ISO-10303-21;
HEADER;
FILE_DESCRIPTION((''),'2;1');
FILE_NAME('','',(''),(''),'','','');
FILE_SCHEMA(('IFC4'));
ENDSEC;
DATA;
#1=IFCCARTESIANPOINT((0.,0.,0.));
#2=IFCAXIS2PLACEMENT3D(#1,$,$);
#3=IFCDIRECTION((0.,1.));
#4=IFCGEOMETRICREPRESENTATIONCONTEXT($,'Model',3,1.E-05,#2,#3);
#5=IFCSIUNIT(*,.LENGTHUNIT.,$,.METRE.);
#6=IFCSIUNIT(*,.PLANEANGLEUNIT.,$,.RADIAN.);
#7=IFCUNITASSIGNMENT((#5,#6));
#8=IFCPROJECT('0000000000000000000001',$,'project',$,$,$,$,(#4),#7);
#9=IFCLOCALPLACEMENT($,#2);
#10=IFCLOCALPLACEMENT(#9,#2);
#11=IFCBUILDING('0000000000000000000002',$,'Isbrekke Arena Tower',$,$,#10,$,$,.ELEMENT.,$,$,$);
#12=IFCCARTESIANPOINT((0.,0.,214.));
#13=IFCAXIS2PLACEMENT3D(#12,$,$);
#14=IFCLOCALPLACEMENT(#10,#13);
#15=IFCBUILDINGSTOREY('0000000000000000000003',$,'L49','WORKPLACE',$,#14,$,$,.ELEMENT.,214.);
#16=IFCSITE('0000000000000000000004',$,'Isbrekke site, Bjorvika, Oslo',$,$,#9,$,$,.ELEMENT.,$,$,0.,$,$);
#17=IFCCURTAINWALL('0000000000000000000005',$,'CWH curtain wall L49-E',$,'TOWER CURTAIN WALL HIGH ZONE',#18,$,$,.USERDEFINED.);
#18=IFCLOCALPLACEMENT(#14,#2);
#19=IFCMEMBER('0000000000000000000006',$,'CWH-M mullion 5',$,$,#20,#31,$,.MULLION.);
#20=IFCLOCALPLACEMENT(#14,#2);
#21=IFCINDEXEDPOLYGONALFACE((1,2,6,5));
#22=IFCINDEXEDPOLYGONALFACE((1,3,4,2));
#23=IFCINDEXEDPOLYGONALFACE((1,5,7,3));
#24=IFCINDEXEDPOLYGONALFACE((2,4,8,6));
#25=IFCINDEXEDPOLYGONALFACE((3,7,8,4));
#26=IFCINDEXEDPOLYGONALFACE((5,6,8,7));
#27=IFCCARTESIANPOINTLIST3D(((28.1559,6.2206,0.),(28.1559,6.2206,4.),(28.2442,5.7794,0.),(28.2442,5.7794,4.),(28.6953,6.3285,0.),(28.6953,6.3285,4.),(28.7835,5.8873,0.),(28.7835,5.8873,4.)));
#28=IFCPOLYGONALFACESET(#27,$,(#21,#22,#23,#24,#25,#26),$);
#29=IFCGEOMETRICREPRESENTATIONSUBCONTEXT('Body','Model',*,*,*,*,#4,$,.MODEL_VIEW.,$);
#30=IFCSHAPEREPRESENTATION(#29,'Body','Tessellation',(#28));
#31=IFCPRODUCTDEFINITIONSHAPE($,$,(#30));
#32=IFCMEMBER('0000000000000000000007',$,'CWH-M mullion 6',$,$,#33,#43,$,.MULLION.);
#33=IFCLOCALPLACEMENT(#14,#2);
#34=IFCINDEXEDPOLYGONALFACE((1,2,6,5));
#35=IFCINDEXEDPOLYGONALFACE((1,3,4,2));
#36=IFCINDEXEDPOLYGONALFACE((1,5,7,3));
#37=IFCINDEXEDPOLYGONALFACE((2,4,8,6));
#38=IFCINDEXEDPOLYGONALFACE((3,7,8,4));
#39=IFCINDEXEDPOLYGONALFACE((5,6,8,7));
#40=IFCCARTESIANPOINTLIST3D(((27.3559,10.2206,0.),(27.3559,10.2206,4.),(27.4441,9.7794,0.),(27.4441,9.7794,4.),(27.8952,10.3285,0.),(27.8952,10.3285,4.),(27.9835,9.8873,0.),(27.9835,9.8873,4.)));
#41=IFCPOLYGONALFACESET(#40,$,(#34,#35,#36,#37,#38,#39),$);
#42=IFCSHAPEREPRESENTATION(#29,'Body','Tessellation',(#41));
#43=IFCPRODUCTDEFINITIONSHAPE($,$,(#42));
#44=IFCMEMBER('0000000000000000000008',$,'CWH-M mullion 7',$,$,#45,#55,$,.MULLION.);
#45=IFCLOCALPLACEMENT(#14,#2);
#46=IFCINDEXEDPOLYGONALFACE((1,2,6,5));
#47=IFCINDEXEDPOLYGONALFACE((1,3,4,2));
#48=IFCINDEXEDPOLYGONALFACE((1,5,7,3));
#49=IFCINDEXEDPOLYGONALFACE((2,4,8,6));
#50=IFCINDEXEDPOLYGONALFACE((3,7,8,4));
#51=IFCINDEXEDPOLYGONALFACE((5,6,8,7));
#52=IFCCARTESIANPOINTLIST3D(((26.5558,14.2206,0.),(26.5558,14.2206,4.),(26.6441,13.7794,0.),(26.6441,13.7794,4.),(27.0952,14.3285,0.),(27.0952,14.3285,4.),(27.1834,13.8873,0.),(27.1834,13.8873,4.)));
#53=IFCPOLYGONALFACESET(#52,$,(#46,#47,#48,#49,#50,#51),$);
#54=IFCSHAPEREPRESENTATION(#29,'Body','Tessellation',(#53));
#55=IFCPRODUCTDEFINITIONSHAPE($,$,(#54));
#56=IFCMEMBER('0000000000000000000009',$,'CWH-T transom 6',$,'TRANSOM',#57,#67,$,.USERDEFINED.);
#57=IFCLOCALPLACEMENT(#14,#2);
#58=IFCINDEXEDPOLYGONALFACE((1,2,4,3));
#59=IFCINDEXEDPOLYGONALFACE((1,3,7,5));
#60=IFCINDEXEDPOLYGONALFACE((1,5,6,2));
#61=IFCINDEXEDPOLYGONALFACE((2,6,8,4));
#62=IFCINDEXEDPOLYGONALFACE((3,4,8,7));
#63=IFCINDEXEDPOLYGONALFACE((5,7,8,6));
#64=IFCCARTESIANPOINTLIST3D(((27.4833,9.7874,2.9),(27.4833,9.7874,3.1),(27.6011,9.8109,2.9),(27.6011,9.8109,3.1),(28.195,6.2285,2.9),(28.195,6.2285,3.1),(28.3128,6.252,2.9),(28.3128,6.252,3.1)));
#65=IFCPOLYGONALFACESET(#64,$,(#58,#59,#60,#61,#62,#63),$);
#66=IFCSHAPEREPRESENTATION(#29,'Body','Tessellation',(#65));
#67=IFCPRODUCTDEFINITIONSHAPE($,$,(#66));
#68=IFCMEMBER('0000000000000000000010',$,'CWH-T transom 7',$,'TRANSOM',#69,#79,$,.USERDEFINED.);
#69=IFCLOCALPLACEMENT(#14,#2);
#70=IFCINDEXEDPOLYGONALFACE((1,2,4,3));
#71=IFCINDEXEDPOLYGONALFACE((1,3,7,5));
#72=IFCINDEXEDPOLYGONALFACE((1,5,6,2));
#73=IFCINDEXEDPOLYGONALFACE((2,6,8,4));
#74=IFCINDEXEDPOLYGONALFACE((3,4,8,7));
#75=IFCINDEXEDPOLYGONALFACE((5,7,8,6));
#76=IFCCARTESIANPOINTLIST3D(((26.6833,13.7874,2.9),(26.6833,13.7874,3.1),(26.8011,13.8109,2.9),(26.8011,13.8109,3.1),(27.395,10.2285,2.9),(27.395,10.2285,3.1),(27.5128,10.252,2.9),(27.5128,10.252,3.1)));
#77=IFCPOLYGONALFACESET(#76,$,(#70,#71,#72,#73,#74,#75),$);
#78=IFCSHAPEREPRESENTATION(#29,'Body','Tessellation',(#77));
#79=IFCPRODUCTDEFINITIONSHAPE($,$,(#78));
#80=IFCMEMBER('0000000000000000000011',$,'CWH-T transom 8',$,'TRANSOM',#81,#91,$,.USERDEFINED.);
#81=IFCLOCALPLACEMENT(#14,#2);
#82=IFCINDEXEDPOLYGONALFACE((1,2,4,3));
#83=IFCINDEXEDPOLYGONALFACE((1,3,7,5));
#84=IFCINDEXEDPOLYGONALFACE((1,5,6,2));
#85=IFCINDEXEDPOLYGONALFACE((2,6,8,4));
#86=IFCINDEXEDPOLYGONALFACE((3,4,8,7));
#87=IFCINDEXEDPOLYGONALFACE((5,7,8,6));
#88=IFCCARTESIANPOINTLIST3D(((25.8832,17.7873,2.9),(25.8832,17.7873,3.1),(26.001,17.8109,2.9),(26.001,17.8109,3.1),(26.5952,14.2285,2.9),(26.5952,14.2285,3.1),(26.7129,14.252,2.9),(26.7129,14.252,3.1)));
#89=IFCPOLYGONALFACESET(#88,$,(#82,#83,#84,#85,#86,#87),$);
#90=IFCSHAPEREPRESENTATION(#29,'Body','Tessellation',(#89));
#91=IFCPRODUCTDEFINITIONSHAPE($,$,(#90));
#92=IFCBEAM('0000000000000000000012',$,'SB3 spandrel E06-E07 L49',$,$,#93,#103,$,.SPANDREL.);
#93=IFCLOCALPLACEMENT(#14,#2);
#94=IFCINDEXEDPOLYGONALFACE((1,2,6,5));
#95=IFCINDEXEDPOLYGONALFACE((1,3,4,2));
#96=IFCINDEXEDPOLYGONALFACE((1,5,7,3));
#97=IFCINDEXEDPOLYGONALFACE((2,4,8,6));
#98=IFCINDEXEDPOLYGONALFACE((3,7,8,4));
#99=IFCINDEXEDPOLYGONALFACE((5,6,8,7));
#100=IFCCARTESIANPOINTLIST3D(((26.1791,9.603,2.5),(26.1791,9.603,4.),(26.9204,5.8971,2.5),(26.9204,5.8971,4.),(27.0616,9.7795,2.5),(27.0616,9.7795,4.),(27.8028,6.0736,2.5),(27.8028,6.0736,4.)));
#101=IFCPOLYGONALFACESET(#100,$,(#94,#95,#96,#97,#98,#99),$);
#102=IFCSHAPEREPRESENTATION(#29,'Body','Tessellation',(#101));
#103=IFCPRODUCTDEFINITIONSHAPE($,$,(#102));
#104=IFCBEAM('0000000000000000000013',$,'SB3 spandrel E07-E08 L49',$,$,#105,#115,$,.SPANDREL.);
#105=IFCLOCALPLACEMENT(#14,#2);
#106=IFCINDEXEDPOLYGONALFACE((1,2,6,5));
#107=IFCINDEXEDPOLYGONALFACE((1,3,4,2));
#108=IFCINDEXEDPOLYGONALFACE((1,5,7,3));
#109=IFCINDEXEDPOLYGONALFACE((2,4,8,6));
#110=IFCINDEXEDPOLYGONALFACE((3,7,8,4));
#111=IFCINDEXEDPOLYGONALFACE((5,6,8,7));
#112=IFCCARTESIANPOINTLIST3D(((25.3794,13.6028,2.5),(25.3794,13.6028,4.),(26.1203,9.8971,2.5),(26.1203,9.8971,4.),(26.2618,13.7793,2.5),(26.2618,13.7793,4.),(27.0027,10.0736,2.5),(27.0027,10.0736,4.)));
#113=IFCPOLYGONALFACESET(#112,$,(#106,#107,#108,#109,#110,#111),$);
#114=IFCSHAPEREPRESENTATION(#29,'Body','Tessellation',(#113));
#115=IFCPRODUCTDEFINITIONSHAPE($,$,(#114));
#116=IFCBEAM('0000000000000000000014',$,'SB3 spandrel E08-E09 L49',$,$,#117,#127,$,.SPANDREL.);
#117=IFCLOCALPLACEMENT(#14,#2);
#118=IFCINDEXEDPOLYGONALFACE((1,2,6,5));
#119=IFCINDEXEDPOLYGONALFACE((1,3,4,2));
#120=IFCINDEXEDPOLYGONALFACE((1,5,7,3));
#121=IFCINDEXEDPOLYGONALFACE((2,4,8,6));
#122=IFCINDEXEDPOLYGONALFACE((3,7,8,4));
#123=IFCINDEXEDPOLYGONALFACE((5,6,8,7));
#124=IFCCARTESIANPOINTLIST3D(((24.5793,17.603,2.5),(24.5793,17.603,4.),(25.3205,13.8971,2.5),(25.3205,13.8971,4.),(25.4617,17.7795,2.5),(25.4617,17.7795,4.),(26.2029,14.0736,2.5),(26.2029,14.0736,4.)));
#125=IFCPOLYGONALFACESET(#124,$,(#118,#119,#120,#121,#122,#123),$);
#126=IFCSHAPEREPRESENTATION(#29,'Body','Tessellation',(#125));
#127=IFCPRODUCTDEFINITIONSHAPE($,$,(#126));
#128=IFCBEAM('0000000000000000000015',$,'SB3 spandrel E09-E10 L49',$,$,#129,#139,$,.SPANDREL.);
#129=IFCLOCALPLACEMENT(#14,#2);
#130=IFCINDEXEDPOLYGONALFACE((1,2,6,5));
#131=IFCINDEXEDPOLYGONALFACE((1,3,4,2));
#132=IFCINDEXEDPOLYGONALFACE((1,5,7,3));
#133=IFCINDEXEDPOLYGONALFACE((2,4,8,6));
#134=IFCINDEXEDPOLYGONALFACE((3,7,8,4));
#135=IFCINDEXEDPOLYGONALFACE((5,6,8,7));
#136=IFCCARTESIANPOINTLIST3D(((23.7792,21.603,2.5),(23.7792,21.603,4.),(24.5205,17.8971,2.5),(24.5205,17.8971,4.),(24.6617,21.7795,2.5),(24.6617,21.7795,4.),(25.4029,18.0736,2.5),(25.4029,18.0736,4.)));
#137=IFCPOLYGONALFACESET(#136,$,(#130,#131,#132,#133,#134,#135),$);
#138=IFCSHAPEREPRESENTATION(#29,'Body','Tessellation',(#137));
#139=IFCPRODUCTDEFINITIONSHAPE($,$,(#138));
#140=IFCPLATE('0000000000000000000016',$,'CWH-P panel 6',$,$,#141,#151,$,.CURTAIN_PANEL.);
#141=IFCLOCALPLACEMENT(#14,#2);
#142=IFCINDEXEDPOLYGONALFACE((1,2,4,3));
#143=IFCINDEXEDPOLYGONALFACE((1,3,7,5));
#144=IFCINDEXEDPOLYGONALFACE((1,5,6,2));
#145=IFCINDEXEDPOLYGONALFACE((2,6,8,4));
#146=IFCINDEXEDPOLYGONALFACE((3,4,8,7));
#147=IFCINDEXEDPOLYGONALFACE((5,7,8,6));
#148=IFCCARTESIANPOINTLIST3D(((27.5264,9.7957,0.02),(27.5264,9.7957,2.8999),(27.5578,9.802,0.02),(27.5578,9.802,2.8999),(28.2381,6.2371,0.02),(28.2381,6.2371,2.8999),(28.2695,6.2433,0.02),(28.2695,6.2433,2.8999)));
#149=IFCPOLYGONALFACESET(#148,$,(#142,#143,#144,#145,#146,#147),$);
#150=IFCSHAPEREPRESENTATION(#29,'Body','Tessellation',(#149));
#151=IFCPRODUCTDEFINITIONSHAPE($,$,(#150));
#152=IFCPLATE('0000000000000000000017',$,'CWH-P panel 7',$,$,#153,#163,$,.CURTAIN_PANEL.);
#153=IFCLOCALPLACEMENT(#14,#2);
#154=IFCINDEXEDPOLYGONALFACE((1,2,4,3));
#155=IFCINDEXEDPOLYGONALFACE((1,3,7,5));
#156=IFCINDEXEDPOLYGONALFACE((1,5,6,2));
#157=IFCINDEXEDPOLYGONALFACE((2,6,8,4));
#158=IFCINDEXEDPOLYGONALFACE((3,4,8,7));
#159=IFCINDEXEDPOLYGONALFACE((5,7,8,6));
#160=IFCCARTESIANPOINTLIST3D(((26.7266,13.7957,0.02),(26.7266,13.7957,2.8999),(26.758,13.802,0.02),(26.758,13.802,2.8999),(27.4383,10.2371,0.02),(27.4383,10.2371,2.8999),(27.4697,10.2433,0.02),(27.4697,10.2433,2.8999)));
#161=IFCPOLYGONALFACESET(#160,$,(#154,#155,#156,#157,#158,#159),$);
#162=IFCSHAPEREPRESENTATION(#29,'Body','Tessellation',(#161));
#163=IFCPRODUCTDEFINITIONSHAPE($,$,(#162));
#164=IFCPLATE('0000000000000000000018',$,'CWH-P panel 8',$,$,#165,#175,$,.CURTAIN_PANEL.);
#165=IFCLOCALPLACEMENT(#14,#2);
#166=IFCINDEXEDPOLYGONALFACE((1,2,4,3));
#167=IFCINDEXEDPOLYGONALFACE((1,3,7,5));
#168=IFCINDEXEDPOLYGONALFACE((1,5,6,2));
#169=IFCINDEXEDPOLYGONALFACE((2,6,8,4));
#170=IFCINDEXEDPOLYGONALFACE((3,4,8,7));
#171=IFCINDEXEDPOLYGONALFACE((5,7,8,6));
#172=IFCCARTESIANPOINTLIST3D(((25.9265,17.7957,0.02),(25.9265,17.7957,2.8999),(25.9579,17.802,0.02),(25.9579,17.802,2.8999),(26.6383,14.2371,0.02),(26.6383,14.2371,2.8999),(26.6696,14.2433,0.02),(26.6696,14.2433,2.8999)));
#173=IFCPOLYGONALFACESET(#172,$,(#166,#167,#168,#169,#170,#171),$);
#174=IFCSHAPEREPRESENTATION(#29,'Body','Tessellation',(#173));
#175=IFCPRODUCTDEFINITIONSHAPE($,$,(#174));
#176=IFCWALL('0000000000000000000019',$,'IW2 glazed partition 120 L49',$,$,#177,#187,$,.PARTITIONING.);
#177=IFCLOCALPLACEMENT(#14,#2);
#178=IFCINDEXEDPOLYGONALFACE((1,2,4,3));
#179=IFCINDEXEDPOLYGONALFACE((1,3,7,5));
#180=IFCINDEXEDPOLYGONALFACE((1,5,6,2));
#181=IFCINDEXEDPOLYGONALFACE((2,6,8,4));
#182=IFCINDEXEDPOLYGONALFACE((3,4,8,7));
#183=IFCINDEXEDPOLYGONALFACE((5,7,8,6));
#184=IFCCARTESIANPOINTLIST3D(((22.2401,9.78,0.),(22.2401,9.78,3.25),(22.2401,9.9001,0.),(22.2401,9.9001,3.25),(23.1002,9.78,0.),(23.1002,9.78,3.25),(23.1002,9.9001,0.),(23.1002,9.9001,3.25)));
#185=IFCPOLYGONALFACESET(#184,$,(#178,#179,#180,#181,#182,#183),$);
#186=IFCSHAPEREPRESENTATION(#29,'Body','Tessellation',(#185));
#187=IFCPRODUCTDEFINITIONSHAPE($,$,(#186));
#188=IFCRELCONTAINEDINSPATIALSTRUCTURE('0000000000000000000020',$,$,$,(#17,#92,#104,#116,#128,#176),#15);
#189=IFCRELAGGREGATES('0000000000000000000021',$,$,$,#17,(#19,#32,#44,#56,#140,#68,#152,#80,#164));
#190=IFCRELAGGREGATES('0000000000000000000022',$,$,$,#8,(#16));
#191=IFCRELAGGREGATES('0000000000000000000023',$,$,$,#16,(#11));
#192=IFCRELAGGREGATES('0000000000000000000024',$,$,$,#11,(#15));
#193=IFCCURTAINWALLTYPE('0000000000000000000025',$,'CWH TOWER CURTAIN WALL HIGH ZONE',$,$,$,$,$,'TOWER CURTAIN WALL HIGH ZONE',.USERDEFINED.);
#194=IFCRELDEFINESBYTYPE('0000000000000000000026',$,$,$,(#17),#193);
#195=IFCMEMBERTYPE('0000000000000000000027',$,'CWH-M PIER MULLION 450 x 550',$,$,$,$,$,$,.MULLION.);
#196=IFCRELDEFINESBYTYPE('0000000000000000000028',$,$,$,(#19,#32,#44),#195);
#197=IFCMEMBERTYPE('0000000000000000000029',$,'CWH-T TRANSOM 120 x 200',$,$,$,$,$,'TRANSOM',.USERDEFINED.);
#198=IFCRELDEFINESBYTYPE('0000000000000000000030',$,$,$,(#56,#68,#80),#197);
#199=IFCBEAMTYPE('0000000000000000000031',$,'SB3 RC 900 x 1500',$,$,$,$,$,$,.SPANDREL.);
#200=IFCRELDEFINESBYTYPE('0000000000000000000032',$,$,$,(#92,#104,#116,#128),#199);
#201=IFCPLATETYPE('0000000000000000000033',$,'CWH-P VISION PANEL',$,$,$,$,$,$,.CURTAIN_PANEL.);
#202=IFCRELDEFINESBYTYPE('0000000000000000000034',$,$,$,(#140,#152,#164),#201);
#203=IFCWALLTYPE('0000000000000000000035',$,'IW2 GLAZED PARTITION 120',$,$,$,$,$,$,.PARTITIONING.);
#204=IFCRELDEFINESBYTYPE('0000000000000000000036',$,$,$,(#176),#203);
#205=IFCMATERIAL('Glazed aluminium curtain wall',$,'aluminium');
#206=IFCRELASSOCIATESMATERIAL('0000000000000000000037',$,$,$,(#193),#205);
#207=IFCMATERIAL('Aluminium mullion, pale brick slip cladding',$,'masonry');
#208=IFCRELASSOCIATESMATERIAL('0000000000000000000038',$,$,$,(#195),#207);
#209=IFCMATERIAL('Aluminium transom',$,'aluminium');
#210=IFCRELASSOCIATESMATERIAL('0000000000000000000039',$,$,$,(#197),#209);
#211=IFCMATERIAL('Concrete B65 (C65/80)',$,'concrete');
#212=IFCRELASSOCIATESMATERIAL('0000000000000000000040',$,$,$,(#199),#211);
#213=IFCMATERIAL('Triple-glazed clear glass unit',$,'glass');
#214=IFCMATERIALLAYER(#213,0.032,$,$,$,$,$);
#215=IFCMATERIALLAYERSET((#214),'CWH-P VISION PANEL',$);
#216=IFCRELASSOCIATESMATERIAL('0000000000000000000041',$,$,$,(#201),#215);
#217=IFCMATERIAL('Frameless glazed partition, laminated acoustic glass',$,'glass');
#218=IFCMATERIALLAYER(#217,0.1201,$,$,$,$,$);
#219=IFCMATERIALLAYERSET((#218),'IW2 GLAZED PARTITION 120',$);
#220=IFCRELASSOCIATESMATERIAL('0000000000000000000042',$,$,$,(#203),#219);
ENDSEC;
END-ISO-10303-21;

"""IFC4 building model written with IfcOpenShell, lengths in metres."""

from ifc_helpers import new_model, si_unit, direction, frame, frame_2d, origin, origin_2d, place, context, subcontext, project, spatial, rectangle, extrude, material, layer, layer_set, material_profile, profile_set, type_object, element, aggregate, save


model = new_model("IFC4")

# Units and contexts
model_context = context("Model", 3, precision=1e-05, world=origin(), true_north=direction((0.0, 1.0)))
body_context = subcontext(model_context, "Body", "Model", "MODEL_VIEW")
ifc_project = project(units=[si_unit("LENGTHUNIT", "METRE"), si_unit("PLANEANGLEUNIT", "RADIAN")], contexts=[model_context])

# Site, building, storey
site_placement = place(None, origin())
site = spatial("IfcSite", under=ifc_project, at=site_placement, Name="Isbrekke site, Bjorvika, Oslo", CompositionType="ELEMENT", RefElevation=0.0)
building_placement = place(site_placement, origin())
building = spatial("IfcBuilding", under=site, at=building_placement, Name="Isbrekke Arena Tower", CompositionType="ELEMENT")
storey_placement = place(building_placement, frame((0.0, 0.0, 214.0)))
storey = spatial("IfcBuildingStorey", under=building, at=storey_placement, Name="L49", Description="WORKPLACE", CompositionType="ELEMENT", Elevation=214.0)

# Curtain wall, members
ifc_material_1 = material(Name="Glazed aluminium curtain wall", Category="aluminium")
curtain_wall_type = type_object("IfcCurtainWallType", Name="CWH TOWER CURTAIN WALL HIGH ZONE", ElementType="TOWER CURTAIN WALL HIGH ZONE", PredefinedType="USERDEFINED", material=ifc_material_1)
curtain_wall_placement = place(storey_placement, origin())
curtain_wall = element("IfcCurtainWall", 1, at=curtain_wall_placement, inside=storey, type_object=curtain_wall_type, Name="CWH curtain wall L49-E", ObjectType="TOWER CURTAIN WALL HIGH ZONE", PredefinedType="USERDEFINED")
ifc_material_2 = material(Name="Aluminium mullion, pale brick slip cladding", Category="masonry")
ifc_material_profile_1 = material_profile(ifc_material_2, rectangle(XDim=0.45, YDim=0.55, at=origin_2d()), Name="PIER 450X550")
ifc_profile_set_1 = profile_set([ifc_material_profile_1], Name="Aluminium mullion, pale brick slip cladding")
member_type_1 = type_object("IfcMemberType", Name="CWH-M PIER MULLION 450 x 550", PredefinedType="MULLION", material=ifc_profile_set_1)
member_1_placement = place(storey_placement, frame((28.4697, 6.054, 0.0), z_axis=(0.0, 0.0, 1.0), x_axis=(-0.196116, 0.980581, 0.0)))
member_1 = element("IfcMember", 2, at=member_1_placement, type_object=member_type_1, Name="CWH-M mullion 5", PredefinedType="MULLION", context=body_context, shape_type="SweptSolid", body=[
    extrude(rectangle(XDim=0.45, YDim=0.55, at=origin_2d()), origin(), (0.0, 0.0, 1.0), 4.0),
])
member_2_placement = place(storey_placement, frame((27.6697, 10.054, 0.0), z_axis=(0.0, 0.0, 1.0), x_axis=(-0.196116, 0.980581, 0.0)))
member_2 = element("IfcMember", 3, at=member_2_placement, type_object=member_type_1, Name="CWH-M mullion 6", PredefinedType="MULLION", context=body_context, shape_type="SweptSolid", body=[
    extrude(rectangle(XDim=0.45, YDim=0.55, at=origin_2d()), origin(), (0.0, 0.0, 1.0), 4.0),
])
member_3_placement = place(storey_placement, frame((26.8696, 14.054, 0.0), z_axis=(0.0, 0.0, 1.0), x_axis=(-0.196116, 0.980581, 0.0)))
member_3 = element("IfcMember", 4, at=member_3_placement, type_object=member_type_1, Name="CWH-M mullion 7", PredefinedType="MULLION", context=body_context, shape_type="SweptSolid", body=[
    extrude(rectangle(XDim=0.45, YDim=0.55, at=origin_2d()), origin(), (0.0, 0.0, 1.0), 4.0),
])
ifc_material_3 = material(Name="Aluminium transom", Category="aluminium")
ifc_material_profile_2 = material_profile(ifc_material_3, rectangle(XDim=0.1201, YDim=0.2, at=origin_2d()), Name="TRANSOM 120X200")
ifc_profile_set_2 = profile_set([ifc_material_profile_2], Name="Aluminium transom")
member_type_2 = type_object("IfcMemberType", Name="CWH-T TRANSOM 120 x 200", ElementType="TRANSOM", PredefinedType="USERDEFINED", material=ifc_profile_set_2)
member_4_placement = place(storey_placement, frame((28.2539, 6.2402, 3.0), z_axis=(-0.19609, 0.980586, 0.0), x_axis=(-0.980586, -0.19609, 0.0)))
member_4 = element("IfcMember", 5, at=member_4_placement, type_object=member_type_2, Name="CWH-T transom 6", ObjectType="TRANSOM", PredefinedType="USERDEFINED", context=body_context, shape_type="SweptSolid", body=[
    extrude(rectangle(XDim=0.1201, YDim=0.2, at=origin_2d()), origin(), (0.0, 0.0, 1.0), 3.6294),
])
member_5_placement = place(storey_placement, frame((27.4539, 10.2402, 3.0), z_axis=(-0.19609, 0.980586, 0.0), x_axis=(-0.980586, -0.19609, 0.0)))
member_5 = element("IfcMember", 6, at=member_5_placement, type_object=member_type_2, Name="CWH-T transom 7", ObjectType="TRANSOM", PredefinedType="USERDEFINED", context=body_context, shape_type="SweptSolid", body=[
    extrude(rectangle(XDim=0.1201, YDim=0.2, at=origin_2d()), origin(), (0.0, 0.0, 1.0), 3.6294),
])
member_6_placement = place(storey_placement, frame((26.6541, 14.2402, 3.0), z_axis=(-0.196155, 0.980573, 0.0), x_axis=(-0.980573, -0.196155, 0.0)))
member_6 = element("IfcMember", 7, at=member_6_placement, type_object=member_type_2, Name="CWH-T transom 8", ObjectType="TRANSOM", PredefinedType="USERDEFINED", context=body_context, shape_type="SweptSolid", body=[
    extrude(rectangle(XDim=0.1201, YDim=0.2, at=origin_2d()), origin(), (0.0, 0.0, 1.0), 3.6294),
])

# Beams
ifc_material_4 = material(Name="Concrete B65 (C65/80)", Category="concrete")
ifc_material_profile_3 = material_profile(ifc_material_4, rectangle(XDim=0.8999, YDim=1.5, at=origin_2d()), Name="RC 900x1500")
ifc_profile_set_3 = profile_set([ifc_material_profile_3], Name="Concrete B65 (C65/80)")
beam_type_1 = type_object("IfcBeamType", Name="SB3 RC 900 x 1500", PredefinedType="SPANDREL", material=ifc_profile_set_3)
beam_1_placement = place(storey_placement, frame((27.3616, 5.9854, 3.25), z_axis=(-0.196129, 0.980578, 0.0), x_axis=(-0.980578, -0.196129, 0.0)))
element("IfcBeam", 8, at=beam_1_placement, inside=storey, type_object=beam_type_1, Name="SB3 spandrel E06-E07 L49", PredefinedType="SPANDREL", context=body_context, shape_type="SweptSolid", body=[
    extrude(rectangle(XDim=0.8999, YDim=1.5, at=origin_2d()), origin(), (0.0, 0.0, 1.0), 3.7793),
])
beam_2_placement = place(storey_placement, frame((26.5615, 9.9854, 3.25), z_axis=(-0.196066, 0.980591, 0.0), x_axis=(-0.980591, -0.196066, 0.0)))
element("IfcBeam", 9, at=beam_2_placement, inside=storey, type_object=beam_type_1, Name="SB3 spandrel E07-E08 L49", PredefinedType="SPANDREL", context=body_context, shape_type="SweptSolid", body=[
    extrude(rectangle(XDim=0.8999, YDim=1.5, at=origin_2d()), origin(), (0.0, 0.0, 1.0), 3.7791),
])
for number, where, z_axis, x_axis, name in (
    (10, (25.7617, 13.9854, 3.25), (-0.196129, 0.980578, 0.0), (-0.980578, -0.196129, 0.0), "SB3 spandrel E08-E09 L49"),
    (11, (24.9617, 17.9854, 3.25), (-0.196129, 0.980578, 0.0), (-0.980578, -0.196129, 0.0), "SB3 spandrel E09-E10 L49"),
):
    element("IfcBeam", number, at=place(storey_placement, frame(where, z_axis=z_axis, x_axis=x_axis)), inside=storey, type_object=beam_type_1, Name=name, PredefinedType="SPANDREL", context=body_context, shape_type="SweptSolid", body=[
        extrude(rectangle(XDim=0.8999, YDim=1.5, at=origin_2d()), origin(), (0.0, 0.0, 1.0), 3.7793),
    ])

# Plates
ifc_material_5 = material(Name="Triple-glazed clear glass unit", Category="glass")
ifc_layer_1 = layer(ifc_material_5, 0.032)
ifc_layer_set_1 = layer_set([ifc_layer_1], Name="CWH-P VISION PANEL")
plate_type = type_object("IfcPlateType", Name="CWH-P VISION PANEL", PredefinedType="CURTAIN_PANEL", material=ifc_layer_set_1)
plate_1_placement = place(storey_placement, frame((27.8979, 8.0195, 0.02), z_axis=(0.0, 0.0, 1.0), x_axis=(-0.196116, 0.980581, 0.0)))
plate_1 = element("IfcPlate", 12, at=plate_1_placement, type_object=plate_type, Name="CWH-P panel 6", PredefinedType="CURTAIN_PANEL", context=body_context, shape_type="SweptSolid", body=[
    extrude(rectangle(XDim=3.6292, YDim=0.032, at=origin_2d()), origin(), (0.0, 0.0, 1.0), 2.8799),
])
plate_2_placement = place(storey_placement, frame((27.0981, 12.0195, 0.02), z_axis=(0.0, 0.0, 1.0), x_axis=(-0.196116, 0.980581, 0.0)))
plate_2 = element("IfcPlate", 13, at=plate_2_placement, type_object=plate_type, Name="CWH-P panel 7", PredefinedType="CURTAIN_PANEL", context=body_context, shape_type="SweptSolid", body=[
    extrude(rectangle(XDim=3.6292, YDim=0.032, at=origin_2d()), origin(), (0.0, 0.0, 1.0), 2.8799),
])
plate_3_placement = place(storey_placement, frame((26.2981, 16.0195, 0.02), z_axis=(0.0, 0.0, 1.0), x_axis=(-0.196116, 0.980581, 0.0)))
plate_3 = element("IfcPlate", 14, at=plate_3_placement, type_object=plate_type, Name="CWH-P panel 8", PredefinedType="CURTAIN_PANEL", context=body_context, shape_type="SweptSolid", body=[
    extrude(rectangle(XDim=3.6292, YDim=0.032, at=origin_2d()), origin(), (0.0, 0.0, 1.0), 2.8799),
])
aggregate(curtain_wall, [member_1, member_2, member_3, member_4, plate_1, member_5, plate_2, member_6, plate_3])

# Wall
ifc_material_6 = material(Name="Frameless glazed partition, laminated acoustic glass", Category="glass")
ifc_layer_2 = layer(ifc_material_6, 0.1201)
ifc_layer_set_2 = layer_set([ifc_layer_2], Name="IW2 GLAZED PARTITION 120")
wall_type_1 = type_object("IfcWallType", Name="IW2 GLAZED PARTITION 120", PredefinedType="PARTITIONING", material=ifc_layer_set_2)
wall_1_placement = place(storey_placement, frame((22.24, 9.8401, 0.0), z_axis=(0.0, 0.0, 1.0), x_axis=(1.0, 0.0, 0.0)))
element("IfcWall", 15, at=wall_1_placement, inside=storey, type_object=wall_type_1, Name="IW2 glazed partition 120 L49", PredefinedType="PARTITIONING", context=body_context, shape_type="SweptSolid", body=[
    extrude(rectangle(XDim=0.8601, YDim=0.1201, at=frame_2d((0.4302, 0.0))), origin(), (0.0, 0.0, 1.0), 3.25),
])

save(model, "model.ifc")
